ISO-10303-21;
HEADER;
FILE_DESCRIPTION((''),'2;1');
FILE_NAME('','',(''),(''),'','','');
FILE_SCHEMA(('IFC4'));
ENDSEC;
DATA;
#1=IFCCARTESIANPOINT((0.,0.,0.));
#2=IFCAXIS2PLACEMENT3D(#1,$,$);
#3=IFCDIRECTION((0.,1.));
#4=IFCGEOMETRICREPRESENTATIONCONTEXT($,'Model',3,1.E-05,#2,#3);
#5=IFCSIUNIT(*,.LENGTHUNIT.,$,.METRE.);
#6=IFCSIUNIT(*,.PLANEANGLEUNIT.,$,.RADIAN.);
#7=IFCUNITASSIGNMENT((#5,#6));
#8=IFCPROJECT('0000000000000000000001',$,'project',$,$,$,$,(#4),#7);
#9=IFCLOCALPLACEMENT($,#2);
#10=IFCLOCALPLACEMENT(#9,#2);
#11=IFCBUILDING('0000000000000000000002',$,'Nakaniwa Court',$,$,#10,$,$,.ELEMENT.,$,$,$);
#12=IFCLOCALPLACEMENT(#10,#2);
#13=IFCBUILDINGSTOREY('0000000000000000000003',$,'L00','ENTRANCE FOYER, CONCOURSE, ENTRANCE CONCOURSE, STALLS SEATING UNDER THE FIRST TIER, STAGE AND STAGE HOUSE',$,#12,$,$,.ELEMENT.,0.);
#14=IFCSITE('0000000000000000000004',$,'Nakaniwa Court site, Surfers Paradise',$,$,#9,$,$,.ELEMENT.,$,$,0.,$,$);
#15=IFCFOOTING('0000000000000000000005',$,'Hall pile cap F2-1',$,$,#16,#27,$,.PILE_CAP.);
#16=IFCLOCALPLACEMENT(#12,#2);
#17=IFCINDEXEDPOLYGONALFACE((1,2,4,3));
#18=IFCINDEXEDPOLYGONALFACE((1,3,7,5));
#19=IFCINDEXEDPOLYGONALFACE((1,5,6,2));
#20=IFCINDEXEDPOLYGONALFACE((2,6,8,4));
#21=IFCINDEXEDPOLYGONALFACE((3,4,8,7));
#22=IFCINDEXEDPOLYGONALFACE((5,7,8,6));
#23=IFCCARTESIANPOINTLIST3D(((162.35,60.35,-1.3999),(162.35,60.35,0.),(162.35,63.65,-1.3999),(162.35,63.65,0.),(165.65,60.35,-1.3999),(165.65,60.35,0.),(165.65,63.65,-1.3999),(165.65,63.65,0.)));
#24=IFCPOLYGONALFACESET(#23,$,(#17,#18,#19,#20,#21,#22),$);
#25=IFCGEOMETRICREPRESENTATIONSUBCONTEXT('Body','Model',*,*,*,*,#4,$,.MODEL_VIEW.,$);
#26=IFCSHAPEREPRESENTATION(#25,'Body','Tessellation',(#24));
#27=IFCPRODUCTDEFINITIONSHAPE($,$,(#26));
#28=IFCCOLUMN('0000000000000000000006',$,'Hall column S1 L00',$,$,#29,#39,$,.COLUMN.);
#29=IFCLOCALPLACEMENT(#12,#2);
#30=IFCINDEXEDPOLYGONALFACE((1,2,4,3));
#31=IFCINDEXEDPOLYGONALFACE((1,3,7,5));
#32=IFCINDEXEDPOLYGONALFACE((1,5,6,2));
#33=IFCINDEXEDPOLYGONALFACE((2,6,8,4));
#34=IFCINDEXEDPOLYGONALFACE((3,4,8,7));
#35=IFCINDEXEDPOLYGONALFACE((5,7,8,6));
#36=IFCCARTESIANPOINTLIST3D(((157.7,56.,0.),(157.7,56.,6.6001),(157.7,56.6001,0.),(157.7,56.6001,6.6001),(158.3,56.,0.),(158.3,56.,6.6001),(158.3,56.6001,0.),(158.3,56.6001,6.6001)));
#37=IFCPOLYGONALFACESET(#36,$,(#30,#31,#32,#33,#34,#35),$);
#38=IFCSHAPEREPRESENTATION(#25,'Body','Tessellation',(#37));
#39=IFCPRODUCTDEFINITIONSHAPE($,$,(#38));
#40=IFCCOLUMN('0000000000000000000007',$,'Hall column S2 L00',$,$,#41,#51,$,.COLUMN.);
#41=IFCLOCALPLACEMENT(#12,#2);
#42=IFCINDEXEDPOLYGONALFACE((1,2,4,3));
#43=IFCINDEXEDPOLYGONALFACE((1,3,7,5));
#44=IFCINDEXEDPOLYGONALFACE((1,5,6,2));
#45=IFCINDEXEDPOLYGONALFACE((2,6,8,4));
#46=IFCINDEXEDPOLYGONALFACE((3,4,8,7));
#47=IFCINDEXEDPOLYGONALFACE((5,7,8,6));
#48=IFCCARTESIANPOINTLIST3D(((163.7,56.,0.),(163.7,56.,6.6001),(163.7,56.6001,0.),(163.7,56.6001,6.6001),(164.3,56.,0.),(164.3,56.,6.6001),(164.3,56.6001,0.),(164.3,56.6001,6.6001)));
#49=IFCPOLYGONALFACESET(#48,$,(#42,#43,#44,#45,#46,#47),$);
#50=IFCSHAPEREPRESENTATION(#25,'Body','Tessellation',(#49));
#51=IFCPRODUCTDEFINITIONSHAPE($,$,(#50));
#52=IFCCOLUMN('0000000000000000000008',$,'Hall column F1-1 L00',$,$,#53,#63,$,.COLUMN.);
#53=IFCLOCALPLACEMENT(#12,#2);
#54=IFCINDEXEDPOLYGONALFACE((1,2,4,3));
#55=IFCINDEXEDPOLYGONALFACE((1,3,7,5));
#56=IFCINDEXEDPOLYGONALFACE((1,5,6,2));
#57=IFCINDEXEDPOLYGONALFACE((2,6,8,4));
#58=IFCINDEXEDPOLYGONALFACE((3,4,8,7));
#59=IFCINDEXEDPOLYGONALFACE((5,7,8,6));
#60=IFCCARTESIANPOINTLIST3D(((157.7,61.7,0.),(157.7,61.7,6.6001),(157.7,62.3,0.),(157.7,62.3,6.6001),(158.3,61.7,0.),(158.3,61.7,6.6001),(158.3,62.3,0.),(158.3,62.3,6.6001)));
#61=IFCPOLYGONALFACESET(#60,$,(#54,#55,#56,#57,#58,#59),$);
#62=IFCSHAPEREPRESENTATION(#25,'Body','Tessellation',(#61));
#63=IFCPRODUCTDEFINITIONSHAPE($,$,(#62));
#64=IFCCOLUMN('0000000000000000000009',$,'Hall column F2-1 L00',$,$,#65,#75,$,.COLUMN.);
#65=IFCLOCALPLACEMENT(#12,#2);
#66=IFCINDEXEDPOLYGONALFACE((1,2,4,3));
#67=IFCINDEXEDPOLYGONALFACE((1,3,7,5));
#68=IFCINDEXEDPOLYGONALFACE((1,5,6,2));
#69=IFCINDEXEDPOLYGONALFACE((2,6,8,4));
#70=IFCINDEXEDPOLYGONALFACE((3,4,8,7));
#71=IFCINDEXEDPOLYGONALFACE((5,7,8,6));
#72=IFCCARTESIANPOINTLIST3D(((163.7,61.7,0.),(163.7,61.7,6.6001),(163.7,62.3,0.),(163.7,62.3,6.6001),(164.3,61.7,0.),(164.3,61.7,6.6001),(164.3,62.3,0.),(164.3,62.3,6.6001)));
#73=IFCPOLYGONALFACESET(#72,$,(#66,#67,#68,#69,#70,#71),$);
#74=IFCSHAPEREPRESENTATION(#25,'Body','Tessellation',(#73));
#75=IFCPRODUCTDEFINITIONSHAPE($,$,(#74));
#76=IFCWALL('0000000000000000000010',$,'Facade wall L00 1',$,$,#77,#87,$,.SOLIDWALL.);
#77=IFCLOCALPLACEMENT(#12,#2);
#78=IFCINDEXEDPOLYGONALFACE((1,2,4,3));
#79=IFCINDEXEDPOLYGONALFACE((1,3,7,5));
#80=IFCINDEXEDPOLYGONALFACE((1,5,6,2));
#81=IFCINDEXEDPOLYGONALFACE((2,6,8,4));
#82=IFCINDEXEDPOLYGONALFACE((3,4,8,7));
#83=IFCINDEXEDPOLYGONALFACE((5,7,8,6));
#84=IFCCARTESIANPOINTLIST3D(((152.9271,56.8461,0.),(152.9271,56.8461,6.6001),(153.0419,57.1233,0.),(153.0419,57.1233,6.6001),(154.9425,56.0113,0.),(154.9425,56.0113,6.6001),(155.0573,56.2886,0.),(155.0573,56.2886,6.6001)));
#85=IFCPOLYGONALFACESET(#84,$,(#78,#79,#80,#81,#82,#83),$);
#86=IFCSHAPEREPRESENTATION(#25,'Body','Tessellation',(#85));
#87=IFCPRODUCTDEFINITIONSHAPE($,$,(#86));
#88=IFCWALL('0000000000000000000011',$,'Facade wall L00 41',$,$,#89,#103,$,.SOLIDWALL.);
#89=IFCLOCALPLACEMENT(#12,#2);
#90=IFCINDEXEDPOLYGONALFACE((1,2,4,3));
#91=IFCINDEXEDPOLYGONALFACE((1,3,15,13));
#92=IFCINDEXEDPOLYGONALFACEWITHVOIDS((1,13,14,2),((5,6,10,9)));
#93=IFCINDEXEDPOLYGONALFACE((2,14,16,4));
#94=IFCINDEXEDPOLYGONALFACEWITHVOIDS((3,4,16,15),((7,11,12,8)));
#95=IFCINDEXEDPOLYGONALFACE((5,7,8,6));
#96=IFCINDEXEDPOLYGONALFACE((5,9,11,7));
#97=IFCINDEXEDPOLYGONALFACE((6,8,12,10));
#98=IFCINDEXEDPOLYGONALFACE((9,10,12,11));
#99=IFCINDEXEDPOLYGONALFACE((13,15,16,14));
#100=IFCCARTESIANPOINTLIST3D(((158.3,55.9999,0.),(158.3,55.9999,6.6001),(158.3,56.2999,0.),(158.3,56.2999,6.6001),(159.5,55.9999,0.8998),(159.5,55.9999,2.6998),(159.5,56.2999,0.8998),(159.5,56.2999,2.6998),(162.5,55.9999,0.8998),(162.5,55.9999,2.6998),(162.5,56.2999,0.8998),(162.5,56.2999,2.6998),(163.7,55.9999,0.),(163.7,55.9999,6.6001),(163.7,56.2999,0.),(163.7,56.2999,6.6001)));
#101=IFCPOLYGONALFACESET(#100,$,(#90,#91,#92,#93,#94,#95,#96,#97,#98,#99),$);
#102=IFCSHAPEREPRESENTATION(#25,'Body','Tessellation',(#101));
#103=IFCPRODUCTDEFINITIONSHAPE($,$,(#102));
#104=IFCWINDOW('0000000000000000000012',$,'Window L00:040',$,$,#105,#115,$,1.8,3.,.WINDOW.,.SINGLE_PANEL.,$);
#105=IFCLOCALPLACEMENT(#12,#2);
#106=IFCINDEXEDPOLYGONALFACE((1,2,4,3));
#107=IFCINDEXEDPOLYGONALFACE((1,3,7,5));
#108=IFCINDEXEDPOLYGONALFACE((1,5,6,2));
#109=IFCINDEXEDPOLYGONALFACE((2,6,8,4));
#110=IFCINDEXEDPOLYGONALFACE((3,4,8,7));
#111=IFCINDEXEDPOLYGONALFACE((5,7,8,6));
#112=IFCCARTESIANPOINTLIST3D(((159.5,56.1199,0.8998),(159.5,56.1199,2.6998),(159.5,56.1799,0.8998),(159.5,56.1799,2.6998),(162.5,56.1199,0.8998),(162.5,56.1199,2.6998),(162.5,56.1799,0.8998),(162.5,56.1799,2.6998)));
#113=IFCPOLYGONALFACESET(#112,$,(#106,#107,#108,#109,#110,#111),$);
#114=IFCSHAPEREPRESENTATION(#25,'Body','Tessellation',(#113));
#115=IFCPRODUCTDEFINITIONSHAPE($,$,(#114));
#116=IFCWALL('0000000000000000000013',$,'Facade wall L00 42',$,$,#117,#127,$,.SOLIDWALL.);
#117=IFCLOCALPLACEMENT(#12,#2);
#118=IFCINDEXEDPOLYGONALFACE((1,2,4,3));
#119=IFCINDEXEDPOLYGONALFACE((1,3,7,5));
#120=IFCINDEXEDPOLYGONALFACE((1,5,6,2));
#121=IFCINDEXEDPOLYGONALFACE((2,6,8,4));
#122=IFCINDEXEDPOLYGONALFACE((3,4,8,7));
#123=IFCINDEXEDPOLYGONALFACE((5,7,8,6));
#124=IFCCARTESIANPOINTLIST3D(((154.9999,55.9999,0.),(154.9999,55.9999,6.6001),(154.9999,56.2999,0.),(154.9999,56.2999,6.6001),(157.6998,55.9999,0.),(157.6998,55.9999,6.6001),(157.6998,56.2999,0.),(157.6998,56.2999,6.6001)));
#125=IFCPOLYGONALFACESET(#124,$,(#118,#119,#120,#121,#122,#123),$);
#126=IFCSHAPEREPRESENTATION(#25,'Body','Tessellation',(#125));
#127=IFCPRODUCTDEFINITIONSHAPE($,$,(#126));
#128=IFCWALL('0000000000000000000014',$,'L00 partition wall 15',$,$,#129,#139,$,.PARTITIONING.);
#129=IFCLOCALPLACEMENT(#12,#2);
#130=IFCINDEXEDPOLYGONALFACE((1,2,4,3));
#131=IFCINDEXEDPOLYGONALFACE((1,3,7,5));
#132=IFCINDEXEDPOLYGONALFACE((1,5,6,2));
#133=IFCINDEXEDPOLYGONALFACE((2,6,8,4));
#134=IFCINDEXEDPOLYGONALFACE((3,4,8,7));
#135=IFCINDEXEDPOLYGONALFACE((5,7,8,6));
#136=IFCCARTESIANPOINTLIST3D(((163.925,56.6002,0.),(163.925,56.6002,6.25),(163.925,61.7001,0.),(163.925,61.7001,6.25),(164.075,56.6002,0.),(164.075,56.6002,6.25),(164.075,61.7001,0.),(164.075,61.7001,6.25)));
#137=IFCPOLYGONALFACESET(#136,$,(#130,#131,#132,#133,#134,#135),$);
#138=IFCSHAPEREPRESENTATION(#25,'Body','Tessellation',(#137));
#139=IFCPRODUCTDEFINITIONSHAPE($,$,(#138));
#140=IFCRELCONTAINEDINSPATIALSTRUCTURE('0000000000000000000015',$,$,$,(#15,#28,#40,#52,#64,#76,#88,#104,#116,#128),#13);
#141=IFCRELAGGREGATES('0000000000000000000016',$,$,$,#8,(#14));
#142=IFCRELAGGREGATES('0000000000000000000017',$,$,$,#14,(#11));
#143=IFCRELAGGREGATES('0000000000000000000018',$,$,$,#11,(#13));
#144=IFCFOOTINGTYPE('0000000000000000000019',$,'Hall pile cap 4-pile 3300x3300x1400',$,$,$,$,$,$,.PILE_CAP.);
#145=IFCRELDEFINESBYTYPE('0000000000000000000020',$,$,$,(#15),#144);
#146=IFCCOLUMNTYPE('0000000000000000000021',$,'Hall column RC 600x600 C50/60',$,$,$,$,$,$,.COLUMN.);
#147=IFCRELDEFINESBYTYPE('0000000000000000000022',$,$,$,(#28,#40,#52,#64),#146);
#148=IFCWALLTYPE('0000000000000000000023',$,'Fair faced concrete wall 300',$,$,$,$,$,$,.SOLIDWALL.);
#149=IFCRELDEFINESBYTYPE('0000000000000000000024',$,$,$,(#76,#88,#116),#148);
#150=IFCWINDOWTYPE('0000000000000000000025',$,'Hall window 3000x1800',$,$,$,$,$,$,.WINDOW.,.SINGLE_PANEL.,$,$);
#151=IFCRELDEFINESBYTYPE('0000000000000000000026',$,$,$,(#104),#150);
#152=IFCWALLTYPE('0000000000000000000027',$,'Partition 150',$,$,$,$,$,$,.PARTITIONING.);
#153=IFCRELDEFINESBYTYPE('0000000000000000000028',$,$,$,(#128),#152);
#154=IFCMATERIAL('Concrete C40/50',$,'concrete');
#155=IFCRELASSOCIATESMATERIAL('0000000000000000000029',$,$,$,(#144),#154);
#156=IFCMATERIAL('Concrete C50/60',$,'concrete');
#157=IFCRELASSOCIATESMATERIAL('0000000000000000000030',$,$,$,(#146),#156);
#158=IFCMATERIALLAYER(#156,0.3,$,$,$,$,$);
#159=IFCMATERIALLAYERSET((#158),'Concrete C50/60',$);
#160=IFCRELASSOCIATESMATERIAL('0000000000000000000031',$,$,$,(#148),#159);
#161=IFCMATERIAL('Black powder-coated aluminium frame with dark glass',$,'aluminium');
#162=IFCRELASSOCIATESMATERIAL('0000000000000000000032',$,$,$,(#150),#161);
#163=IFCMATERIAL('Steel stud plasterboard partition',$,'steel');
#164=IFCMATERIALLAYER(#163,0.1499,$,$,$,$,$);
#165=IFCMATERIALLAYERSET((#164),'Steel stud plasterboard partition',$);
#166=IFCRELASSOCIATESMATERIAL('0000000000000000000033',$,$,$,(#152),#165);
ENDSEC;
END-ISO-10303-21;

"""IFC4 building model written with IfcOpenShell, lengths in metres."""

from ifc_helpers import new_model, si_unit, direction, frame, frame_2d, origin, origin_2d, place, context, subcontext, project, spatial, rectangle, extrude, material, layer, layer_set, material_profile, profile_set, type_object, element, fill, save


model = new_model("IFC4")

# Units and contexts
model_context = context("Model", 3, precision=1e-05, world=origin(), true_north=direction((0.0, 1.0)))
body_context = subcontext(model_context, "Body", "Model", "MODEL_VIEW")
ifc_project = project(units=[si_unit("LENGTHUNIT", "METRE"), si_unit("PLANEANGLEUNIT", "RADIAN")], contexts=[model_context])

# Site, building, storey
site_placement = place(None, origin())
site = spatial("IfcSite", under=ifc_project, at=site_placement, Name="Nakaniwa Court site, Surfers Paradise", CompositionType="ELEMENT", RefElevation=0.0)
building_placement = place(site_placement, origin())
building = spatial("IfcBuilding", under=site, at=building_placement, Name="Nakaniwa Court", CompositionType="ELEMENT")
storey_placement = place(building_placement, origin())
storey = spatial("IfcBuildingStorey", under=building, at=storey_placement, Name="L00", Description="ENTRANCE FOYER, CONCOURSE, ENTRANCE CONCOURSE, STALLS SEATING UNDER THE FIRST TIER, STAGE AND STAGE HOUSE", CompositionType="ELEMENT", Elevation=0.0)

# Shared definitions
ifc_material_1 = material(Name="Concrete C40/50", Category="concrete")

# Footing
footing_type = type_object("IfcFootingType", Name="Hall pile cap 4-pile 3300x3300x1400", PredefinedType="PILE_CAP", material=ifc_material_1)
for number, where, z_axis, x_axis, name in (
    (1, (164.0, 62.0, -1.3999), (0.0, 0.0, 1.0), (1.0, 0.0, 0.0), "Hall pile cap F2-1"),
):
    element("IfcFooting", number, at=place(storey_placement, frame(where, z_axis=z_axis, x_axis=x_axis)), inside=storey, type_object=footing_type, Name=name, PredefinedType="PILE_CAP", context=body_context, shape_type="SweptSolid", body=[
        extrude(rectangle(XDim=3.3, YDim=3.3, at=origin_2d()), origin(), (0.0, 0.0, 1.0), 1.3999),
    ])

# Columns
ifc_material_2 = material(Name="Concrete C50/60", Category="concrete")
ifc_material_profile_1 = material_profile(ifc_material_2, rectangle(XDim=0.6001, YDim=0.6001, at=origin_2d()), Name="RC 600x600")
ifc_profile_set_1 = profile_set([ifc_material_profile_1], Name="Concrete C50/60")
column_type = type_object("IfcColumnType", Name="Hall column RC 600x600 C50/60", PredefinedType="COLUMN", material=ifc_profile_set_1)
for number, where, z_axis, x_axis, name in (
    (2, (158.0, 56.3, 0.0), (0.0, 0.0, 1.0), (1.0, 0.0, 0.0), "Hall column S1 L00"),
    (3, (164.0, 56.3, 0.0), (0.0, 0.0, 1.0), (1.0, 0.0, 0.0), "Hall column S2 L00"),
    (4, (158.0, 62.0, 0.0), (0.0, 0.0, 1.0), (1.0, 0.0, 0.0), "Hall column F1-1 L00"),
    (5, (164.0, 62.0, 0.0), (0.0, 0.0, 1.0), (1.0, 0.0, 0.0), "Hall column F2-1 L00"),
):
    element("IfcColumn", number, at=place(storey_placement, frame(where, z_axis=z_axis, x_axis=x_axis)), inside=storey, type_object=column_type, Name=name, PredefinedType="COLUMN", context=body_context, shape_type="SweptSolid", body=[
        extrude(rectangle(XDim=0.6001, YDim=0.6001, at=origin_2d()), origin(), (0.0, 0.0, 1.0), 6.6001),
    ])

# Wall
ifc_layer_1 = layer(ifc_material_2, 0.3)
ifc_layer_set_1 = layer_set([ifc_layer_1], Name="Concrete C50/60")
wall_type_1 = type_object("IfcWallType", Name="Fair faced concrete wall 300", PredefinedType="SOLIDWALL", material=ifc_layer_set_1)
wall_1_placement = place(storey_placement, frame((155.0, 56.1499, 0.0), z_axis=(0.0, 0.0, 1.0), x_axis=(-0.923893, 0.382652, 0.0)))
element("IfcWall", 6, at=wall_1_placement, inside=storey, type_object=wall_type_1, Name="Facade wall L00 1", PredefinedType="SOLIDWALL", context=body_context, shape_type="SweptSolid", body=[
    extrude(rectangle(XDim=2.1814, YDim=0.3, at=frame_2d((1.0908, 0.0))), origin(), (0.0, 0.0, 1.0), 6.6001),
])

# Wall, opening, window
wall_2_placement = place(storey_placement, frame((163.7, 56.1499, 0.0), z_axis=(0.0, 0.0, 1.0), x_axis=(-1.0, 0.0, 0.0)))
wall_2 = element("IfcWall", 7, at=wall_2_placement, inside=storey, type_object=wall_type_1, Name="Facade wall L00 41", PredefinedType="SOLIDWALL", context=body_context, shape_type="SweptSolid", body=[
    extrude(rectangle(XDim=5.3999, YDim=0.3, at=frame_2d((2.7, 0.0))), origin(), (0.0, 0.0, 1.0), 6.6001),
])
opening_placement = place(wall_2_placement, frame((1.2, 0.0, 0.8999)))
opening = element("IfcOpeningElement", 8, at=opening_placement, cuts=wall_2, PredefinedType="OPENING", context=body_context, shape_type="SweptSolid", body=[
    extrude(rectangle(XDim=3.0, YDim=1.8, at=frame_2d((1.5, 0.8999))), frame((0.0, 0.1599, 0.0), z_axis=(0.0, -1.0, 0.0), x_axis=(1.0, 0.0, 0.0)), (0.0, 0.0, 1.0), 0.3201),
])
ifc_material_3 = material(Name="Black powder-coated aluminium frame with dark glass", Category="aluminium")
window_type = type_object("IfcWindowType", Name="Hall window 3000x1800", PartitioningType="SINGLE_PANEL", PredefinedType="WINDOW", material=ifc_material_3)
window_placement = place(opening_placement, origin())
window = element("IfcWindow", 9, at=window_placement, inside=storey, type_object=window_type, Name="Window L00:040", OverallHeight=1.8, OverallWidth=3.0, PartitioningType="SINGLE_PANEL", PredefinedType="WINDOW", context=body_context, shape_type="SweptSolid", body=[
    extrude(rectangle(XDim=3.0, YDim=1.8, at=frame_2d((1.5, 0.8999))), frame((0.0, 0.03, 0.0), z_axis=(0.0, -1.0, 0.0), x_axis=(1.0, 0.0, 0.0)), (0.0, 0.0, 1.0), 0.0601),
])
fill(opening, window)

# Walls
wall_3_placement = place(storey_placement, frame((157.7, 56.1499, 0.0), z_axis=(0.0, 0.0, 1.0), x_axis=(-1.0, 0.0, 0.0)))
element("IfcWall", 10, at=wall_3_placement, inside=storey, type_object=wall_type_1, Name="Facade wall L00 42", PredefinedType="SOLIDWALL", context=body_context, shape_type="SweptSolid", body=[
    extrude(rectangle(XDim=2.7, YDim=0.3, at=frame_2d((1.3501, 0.0))), origin(), (0.0, 0.0, 1.0), 6.6001),
])
ifc_material_4 = material(Name="Steel stud plasterboard partition", Category="steel")
ifc_layer_2 = layer(ifc_material_4, 0.1499)
ifc_layer_set_2 = layer_set([ifc_layer_2], Name="Steel stud plasterboard partition")
wall_type_2 = type_object("IfcWallType", Name="Partition 150", PredefinedType="PARTITIONING", material=ifc_layer_set_2)
wall_4_placement = place(storey_placement, frame((164.0, 61.7, 0.0), z_axis=(0.0, 0.0, 1.0), x_axis=(0.0, -1.0, 0.0)))
element("IfcWall", 11, at=wall_4_placement, inside=storey, type_object=wall_type_2, Name="L00 partition wall 15", PredefinedType="PARTITIONING", context=body_context, shape_type="SweptSolid", body=[
    extrude(rectangle(XDim=5.0999, YDim=0.1499, at=frame_2d((2.5498, 0.0))), origin(), (0.0, 0.0, 1.0), 6.25),
])

save(model, "model.ifc")
